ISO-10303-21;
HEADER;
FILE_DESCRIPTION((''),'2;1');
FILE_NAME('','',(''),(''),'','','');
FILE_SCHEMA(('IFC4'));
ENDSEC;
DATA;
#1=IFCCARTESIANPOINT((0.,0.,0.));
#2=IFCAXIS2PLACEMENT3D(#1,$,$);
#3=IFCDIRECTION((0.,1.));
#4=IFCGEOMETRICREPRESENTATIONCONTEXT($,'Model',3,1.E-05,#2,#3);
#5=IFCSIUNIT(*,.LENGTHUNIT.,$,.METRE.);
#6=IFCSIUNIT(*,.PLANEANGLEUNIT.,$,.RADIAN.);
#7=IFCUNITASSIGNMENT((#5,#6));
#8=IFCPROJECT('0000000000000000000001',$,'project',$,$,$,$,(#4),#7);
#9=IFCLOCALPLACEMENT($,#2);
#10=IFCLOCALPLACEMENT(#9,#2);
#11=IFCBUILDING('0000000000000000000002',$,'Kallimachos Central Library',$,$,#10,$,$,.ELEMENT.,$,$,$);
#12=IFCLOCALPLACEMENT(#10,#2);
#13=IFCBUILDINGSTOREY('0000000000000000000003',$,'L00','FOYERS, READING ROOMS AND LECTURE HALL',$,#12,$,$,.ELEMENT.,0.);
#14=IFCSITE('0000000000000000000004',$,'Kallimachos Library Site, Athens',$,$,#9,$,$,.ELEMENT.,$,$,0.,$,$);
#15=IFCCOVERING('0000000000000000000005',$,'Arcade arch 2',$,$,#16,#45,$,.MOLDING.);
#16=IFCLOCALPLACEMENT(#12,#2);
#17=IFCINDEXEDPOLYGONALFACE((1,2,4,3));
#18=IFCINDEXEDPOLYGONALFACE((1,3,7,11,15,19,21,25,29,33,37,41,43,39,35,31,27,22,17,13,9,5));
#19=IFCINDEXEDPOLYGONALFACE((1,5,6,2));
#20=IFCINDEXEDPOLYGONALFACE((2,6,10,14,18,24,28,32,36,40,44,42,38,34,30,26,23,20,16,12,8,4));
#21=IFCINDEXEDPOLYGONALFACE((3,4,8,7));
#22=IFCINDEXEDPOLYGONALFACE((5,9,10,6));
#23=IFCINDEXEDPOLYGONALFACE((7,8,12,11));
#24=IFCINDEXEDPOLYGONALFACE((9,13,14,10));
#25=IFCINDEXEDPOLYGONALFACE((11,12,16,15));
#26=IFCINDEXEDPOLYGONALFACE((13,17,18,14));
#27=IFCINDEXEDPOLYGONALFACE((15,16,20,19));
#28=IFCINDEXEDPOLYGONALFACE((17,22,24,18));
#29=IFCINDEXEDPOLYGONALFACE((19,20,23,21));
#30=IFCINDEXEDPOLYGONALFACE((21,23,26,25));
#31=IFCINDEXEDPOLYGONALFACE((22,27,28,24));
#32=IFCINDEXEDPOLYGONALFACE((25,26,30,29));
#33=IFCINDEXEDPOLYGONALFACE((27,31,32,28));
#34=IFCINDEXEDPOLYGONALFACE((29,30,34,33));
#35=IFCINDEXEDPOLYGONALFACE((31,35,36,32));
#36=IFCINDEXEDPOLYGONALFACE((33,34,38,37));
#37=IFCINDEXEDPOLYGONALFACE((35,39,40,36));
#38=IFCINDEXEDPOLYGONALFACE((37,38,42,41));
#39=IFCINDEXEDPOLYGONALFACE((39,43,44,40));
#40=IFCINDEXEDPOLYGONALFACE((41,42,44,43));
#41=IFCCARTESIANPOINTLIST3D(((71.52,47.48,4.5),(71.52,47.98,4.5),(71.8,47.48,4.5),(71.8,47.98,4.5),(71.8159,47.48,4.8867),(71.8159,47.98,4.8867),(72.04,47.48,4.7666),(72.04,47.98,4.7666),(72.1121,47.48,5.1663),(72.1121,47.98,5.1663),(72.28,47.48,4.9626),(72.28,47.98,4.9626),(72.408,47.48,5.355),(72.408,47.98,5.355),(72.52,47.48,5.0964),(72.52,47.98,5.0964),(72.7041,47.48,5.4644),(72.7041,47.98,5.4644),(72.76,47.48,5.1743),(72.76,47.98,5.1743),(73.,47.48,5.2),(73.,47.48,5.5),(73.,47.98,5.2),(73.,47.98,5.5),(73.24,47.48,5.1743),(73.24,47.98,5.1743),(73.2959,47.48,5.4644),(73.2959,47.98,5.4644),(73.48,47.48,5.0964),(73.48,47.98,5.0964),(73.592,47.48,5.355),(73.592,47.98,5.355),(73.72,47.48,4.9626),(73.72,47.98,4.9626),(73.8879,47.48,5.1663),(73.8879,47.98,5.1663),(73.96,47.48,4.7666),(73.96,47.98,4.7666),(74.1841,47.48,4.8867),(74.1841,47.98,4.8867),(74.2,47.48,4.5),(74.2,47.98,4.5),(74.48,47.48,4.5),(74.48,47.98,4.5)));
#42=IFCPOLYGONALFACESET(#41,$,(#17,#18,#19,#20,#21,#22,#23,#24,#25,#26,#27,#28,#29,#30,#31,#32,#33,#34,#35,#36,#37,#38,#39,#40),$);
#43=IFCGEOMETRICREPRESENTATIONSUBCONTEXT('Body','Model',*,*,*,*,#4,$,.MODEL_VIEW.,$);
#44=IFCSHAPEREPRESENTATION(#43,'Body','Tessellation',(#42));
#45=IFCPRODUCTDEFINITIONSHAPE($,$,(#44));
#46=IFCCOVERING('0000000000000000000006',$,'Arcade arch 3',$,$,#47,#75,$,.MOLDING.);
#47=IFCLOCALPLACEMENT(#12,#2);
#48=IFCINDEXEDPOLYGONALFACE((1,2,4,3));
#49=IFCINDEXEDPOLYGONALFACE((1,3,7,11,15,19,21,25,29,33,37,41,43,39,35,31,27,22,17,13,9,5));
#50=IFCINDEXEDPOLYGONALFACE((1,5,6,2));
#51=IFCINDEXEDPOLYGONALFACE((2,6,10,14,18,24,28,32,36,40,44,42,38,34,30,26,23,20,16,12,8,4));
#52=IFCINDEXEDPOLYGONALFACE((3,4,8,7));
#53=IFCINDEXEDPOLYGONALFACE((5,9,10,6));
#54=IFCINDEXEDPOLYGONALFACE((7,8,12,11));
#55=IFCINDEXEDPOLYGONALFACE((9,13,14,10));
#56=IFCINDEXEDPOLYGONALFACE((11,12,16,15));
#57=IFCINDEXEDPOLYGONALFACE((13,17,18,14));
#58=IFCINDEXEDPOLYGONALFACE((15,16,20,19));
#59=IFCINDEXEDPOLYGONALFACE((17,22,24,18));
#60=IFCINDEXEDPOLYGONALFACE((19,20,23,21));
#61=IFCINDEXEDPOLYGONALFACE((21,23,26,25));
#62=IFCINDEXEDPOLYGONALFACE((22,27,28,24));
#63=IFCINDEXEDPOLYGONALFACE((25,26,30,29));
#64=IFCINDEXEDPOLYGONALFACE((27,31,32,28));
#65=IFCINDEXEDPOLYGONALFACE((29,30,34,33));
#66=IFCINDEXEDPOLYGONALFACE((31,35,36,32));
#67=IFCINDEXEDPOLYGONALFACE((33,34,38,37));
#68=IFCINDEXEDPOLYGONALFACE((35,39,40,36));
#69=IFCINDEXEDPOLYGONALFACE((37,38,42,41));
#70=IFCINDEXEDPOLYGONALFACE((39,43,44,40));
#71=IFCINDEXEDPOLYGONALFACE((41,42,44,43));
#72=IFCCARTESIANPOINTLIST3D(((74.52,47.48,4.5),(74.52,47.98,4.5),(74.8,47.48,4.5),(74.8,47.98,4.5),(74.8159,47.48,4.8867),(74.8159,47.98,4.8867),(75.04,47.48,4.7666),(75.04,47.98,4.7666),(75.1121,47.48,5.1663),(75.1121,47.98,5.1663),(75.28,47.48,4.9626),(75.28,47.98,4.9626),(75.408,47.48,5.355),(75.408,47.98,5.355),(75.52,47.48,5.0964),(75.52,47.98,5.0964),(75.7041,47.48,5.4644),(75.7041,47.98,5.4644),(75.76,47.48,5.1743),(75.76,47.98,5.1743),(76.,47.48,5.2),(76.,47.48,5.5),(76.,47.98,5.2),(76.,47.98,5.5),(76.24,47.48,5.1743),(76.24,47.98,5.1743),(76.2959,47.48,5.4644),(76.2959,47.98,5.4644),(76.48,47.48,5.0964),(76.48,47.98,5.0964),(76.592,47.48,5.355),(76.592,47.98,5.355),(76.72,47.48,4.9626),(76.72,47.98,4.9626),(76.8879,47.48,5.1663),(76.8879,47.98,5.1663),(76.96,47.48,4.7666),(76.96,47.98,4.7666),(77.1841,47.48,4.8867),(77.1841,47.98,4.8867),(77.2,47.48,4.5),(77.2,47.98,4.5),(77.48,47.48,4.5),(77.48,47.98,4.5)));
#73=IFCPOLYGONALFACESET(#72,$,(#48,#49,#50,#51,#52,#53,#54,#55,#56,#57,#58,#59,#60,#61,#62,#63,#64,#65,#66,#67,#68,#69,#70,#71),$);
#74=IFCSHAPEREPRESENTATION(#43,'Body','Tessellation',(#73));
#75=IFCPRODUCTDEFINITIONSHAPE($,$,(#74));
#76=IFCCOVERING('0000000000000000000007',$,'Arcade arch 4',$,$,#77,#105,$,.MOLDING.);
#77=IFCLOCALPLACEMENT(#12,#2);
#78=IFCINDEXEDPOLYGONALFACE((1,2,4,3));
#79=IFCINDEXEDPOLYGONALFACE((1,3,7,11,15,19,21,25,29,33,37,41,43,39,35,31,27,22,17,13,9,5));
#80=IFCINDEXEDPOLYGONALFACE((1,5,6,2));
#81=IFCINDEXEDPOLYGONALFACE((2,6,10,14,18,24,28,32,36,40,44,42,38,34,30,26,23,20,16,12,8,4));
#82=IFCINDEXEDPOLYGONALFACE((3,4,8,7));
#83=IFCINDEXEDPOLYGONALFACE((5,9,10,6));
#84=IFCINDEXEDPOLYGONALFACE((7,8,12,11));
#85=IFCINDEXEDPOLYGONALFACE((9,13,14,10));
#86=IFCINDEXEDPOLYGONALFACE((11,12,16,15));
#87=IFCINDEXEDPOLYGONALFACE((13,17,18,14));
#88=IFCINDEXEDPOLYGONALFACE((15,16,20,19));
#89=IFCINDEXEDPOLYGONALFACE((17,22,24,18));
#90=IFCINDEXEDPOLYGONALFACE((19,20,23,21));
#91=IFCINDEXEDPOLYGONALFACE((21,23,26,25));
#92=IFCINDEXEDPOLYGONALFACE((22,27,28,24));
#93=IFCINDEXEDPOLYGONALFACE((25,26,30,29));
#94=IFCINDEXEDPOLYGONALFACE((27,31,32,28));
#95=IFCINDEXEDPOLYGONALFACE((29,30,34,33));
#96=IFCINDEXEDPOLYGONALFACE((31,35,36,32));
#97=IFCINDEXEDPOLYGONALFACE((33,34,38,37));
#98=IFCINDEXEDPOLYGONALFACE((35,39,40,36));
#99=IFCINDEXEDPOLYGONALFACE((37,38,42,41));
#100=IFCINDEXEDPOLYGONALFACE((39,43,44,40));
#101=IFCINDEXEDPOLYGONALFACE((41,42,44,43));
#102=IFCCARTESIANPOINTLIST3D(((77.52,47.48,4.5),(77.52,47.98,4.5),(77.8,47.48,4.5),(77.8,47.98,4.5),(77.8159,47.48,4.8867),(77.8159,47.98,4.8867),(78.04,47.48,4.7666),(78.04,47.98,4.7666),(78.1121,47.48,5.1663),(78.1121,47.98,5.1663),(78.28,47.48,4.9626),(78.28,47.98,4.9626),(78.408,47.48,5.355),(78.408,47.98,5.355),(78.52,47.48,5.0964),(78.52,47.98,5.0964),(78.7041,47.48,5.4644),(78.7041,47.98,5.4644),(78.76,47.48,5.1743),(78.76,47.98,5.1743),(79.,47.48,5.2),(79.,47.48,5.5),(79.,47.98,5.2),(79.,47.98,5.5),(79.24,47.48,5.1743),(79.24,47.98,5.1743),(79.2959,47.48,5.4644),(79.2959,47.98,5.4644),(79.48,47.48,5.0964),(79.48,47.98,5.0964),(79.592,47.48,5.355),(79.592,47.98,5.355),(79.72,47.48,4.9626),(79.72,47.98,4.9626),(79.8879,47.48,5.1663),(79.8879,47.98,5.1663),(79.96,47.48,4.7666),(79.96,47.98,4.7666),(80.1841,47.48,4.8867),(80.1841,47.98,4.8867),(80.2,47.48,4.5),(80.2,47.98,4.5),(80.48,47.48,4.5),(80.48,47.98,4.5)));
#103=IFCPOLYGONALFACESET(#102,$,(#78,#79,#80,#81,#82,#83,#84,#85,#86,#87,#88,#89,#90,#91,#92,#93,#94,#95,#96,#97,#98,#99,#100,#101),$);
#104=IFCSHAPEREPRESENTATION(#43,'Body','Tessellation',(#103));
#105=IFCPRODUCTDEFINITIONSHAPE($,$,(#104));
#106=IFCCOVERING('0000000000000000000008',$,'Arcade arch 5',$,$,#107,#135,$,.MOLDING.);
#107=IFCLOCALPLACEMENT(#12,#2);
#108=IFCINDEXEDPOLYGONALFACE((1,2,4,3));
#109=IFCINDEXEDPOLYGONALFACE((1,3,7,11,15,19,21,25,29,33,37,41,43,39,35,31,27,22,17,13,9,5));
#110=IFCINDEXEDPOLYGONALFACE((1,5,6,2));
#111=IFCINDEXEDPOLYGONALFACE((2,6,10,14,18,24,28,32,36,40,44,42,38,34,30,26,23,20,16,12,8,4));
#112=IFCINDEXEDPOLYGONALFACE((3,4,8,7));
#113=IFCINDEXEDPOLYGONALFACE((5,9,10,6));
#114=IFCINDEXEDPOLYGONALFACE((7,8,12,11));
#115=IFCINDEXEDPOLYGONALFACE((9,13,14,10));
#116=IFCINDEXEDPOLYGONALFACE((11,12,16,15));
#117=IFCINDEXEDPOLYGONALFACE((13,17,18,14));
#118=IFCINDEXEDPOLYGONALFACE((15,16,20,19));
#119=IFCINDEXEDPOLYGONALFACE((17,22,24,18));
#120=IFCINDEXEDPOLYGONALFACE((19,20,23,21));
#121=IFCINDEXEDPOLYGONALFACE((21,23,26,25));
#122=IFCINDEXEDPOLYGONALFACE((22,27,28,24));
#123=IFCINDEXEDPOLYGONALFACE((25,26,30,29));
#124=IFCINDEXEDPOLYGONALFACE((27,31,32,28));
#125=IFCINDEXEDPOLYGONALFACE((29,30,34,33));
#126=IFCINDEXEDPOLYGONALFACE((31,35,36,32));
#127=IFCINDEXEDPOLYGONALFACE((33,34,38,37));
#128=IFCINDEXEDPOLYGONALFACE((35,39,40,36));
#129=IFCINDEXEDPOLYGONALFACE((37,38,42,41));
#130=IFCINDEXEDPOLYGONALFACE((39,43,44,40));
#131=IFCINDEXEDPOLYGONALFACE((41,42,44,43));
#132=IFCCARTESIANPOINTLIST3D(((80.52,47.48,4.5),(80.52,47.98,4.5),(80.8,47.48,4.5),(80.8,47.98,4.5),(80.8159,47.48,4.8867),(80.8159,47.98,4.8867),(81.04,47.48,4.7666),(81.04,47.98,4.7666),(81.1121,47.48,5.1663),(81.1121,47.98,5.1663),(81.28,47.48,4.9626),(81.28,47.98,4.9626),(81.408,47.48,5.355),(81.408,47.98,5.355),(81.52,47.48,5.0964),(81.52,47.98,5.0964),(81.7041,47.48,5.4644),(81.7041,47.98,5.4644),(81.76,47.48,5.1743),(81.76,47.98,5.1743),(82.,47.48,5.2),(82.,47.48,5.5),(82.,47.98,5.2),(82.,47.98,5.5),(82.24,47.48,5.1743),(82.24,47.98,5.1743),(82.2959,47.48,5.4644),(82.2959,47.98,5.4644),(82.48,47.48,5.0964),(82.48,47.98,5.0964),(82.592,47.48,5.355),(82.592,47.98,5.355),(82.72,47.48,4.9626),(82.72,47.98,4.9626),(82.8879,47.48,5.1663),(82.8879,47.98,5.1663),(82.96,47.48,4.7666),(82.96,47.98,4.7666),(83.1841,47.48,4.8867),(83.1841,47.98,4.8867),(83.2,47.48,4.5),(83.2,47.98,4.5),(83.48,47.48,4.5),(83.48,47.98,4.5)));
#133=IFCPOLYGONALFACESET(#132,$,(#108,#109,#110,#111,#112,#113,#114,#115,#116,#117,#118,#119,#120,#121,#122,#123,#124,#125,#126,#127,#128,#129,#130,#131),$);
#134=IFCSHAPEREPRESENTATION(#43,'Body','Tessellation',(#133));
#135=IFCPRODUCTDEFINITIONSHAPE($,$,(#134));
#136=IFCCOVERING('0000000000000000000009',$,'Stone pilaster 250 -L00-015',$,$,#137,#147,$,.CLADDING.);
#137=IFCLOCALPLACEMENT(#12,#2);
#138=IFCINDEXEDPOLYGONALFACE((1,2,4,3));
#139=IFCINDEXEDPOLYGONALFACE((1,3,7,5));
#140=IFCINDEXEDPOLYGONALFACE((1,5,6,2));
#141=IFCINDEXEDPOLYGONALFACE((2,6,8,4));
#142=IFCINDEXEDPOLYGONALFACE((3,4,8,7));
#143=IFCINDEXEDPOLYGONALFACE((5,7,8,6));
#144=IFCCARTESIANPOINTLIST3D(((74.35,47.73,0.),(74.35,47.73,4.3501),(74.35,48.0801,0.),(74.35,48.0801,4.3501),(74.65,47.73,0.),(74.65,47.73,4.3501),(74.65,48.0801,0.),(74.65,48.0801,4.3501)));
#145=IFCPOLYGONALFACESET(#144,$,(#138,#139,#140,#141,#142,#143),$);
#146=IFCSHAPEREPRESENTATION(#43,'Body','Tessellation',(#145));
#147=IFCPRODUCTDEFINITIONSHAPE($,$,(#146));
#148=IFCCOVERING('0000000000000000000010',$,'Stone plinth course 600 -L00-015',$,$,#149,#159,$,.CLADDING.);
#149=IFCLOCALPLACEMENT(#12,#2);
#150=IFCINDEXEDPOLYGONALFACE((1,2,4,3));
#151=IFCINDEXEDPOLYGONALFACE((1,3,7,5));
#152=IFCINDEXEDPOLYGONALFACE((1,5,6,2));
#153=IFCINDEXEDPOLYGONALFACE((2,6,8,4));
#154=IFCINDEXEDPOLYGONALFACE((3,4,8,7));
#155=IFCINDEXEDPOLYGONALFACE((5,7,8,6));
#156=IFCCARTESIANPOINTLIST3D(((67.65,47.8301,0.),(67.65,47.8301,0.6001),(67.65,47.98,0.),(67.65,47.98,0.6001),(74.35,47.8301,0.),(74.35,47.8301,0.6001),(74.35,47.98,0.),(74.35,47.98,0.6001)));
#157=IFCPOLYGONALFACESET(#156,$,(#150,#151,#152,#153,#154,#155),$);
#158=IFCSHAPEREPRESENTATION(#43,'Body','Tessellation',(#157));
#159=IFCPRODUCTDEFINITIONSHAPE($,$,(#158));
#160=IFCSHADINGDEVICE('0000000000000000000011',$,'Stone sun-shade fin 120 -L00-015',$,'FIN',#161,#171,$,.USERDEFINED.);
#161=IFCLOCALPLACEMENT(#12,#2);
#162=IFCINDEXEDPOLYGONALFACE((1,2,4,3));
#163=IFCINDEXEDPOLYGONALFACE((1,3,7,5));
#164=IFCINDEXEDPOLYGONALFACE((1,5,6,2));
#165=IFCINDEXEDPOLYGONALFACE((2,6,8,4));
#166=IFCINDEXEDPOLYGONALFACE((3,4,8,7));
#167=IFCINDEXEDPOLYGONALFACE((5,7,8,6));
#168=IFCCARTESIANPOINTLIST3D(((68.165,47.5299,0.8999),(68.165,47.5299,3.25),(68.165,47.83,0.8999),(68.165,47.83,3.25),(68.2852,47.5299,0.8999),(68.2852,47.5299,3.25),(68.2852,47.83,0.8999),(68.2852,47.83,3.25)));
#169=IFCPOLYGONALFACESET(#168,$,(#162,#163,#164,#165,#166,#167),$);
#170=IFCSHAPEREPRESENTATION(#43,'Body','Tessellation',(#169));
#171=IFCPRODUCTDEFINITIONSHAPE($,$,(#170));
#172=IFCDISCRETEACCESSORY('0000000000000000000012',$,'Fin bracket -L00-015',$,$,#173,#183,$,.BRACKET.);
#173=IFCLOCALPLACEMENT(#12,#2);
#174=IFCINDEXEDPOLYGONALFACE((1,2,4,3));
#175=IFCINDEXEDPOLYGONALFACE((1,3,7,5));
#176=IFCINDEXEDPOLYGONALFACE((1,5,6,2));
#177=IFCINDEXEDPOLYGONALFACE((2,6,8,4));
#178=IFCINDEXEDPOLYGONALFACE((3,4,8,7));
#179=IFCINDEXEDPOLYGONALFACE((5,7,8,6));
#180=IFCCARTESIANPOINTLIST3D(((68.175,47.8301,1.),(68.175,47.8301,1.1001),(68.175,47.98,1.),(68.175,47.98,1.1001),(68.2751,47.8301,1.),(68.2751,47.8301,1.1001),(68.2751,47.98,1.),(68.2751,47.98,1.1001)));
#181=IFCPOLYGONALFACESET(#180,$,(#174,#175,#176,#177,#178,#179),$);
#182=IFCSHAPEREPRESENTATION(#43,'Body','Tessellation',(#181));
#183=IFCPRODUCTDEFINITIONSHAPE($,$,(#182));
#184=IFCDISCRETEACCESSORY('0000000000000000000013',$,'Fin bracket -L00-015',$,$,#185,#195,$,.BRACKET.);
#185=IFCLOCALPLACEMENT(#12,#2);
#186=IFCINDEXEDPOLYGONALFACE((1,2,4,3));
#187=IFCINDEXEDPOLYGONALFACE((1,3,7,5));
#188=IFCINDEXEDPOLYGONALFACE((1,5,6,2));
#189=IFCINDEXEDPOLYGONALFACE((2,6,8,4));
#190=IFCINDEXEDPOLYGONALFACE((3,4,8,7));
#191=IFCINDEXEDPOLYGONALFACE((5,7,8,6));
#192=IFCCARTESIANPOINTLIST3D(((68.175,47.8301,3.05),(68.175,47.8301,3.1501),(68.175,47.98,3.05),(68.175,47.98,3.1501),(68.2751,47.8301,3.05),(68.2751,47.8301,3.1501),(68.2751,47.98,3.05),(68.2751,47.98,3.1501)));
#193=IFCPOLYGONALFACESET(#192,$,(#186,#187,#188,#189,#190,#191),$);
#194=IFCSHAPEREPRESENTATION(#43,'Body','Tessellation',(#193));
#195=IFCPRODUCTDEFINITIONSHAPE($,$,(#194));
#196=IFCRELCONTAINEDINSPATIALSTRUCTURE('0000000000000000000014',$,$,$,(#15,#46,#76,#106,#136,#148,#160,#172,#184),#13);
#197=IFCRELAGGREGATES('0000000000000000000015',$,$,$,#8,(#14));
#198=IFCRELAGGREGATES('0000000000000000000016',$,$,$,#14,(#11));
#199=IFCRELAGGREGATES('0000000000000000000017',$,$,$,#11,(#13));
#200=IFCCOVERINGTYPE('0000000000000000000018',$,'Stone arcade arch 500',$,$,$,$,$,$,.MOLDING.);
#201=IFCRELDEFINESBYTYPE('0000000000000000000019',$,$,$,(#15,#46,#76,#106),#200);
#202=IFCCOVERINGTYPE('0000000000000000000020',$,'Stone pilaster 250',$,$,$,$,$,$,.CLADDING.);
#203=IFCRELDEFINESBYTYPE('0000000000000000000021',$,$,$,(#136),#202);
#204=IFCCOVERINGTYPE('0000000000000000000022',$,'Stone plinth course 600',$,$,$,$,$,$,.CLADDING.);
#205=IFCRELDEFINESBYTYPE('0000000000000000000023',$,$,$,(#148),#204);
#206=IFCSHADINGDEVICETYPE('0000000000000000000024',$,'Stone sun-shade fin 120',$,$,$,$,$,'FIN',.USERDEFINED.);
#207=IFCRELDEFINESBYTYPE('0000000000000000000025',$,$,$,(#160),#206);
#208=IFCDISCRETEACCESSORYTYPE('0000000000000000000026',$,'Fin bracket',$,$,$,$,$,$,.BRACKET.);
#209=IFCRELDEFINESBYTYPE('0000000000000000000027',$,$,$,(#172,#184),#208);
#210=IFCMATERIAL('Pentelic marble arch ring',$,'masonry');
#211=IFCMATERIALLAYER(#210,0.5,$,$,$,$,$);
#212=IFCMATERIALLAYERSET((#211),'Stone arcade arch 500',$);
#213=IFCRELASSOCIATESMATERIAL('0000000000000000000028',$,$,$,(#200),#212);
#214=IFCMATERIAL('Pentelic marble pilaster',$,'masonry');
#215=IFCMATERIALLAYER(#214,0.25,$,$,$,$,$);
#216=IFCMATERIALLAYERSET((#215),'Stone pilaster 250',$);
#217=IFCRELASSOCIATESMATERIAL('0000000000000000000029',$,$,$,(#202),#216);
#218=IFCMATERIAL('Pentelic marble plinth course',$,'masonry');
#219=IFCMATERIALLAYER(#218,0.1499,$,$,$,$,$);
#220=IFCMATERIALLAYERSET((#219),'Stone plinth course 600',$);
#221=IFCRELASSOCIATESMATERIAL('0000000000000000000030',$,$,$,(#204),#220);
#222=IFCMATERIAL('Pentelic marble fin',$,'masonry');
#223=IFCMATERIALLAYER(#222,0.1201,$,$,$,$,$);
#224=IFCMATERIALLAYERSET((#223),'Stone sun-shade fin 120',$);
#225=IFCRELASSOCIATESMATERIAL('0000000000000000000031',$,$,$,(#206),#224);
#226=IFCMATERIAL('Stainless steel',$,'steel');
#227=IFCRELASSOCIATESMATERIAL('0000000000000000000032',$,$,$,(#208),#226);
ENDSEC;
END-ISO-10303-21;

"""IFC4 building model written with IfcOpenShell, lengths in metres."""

from ifc_helpers import new_model, si_unit, direction, frame, origin, origin_2d, place, context, subcontext, project, spatial, polyline, rectangle, outline, extrude, material, layer, layer_set, type_object, element, save


model = new_model("IFC4")

# Units and contexts
model_context = context("Model", 3, precision=1e-05, world=origin(), true_north=direction((0.0, 1.0)))
body_context = subcontext(model_context, "Body", "Model", "MODEL_VIEW")
ifc_project = project(units=[si_unit("LENGTHUNIT", "METRE"), si_unit("PLANEANGLEUNIT", "RADIAN")], contexts=[model_context])

# Site, building, storey
site_placement = place(None, origin())
site = spatial("IfcSite", under=ifc_project, at=site_placement, Name="Kallimachos Library Site, Athens", CompositionType="ELEMENT", RefElevation=0.0)
building_placement = place(site_placement, origin())
building = spatial("IfcBuilding", under=site, at=building_placement, Name="Kallimachos Central Library", CompositionType="ELEMENT")
storey_placement = place(building_placement, origin())
storey = spatial("IfcBuildingStorey", under=building, at=storey_placement, Name="L00", Description="FOYERS, READING ROOMS AND LECTURE HALL", CompositionType="ELEMENT", Elevation=0.0)

# Coverings
ifc_material_1 = material(Name="Pentelic marble arch ring", Category="masonry")
ifc_layer_1 = layer(ifc_material_1, 0.5)
ifc_layer_set_1 = layer_set([ifc_layer_1], Name="Stone arcade arch 500")
covering_type_1 = type_object("IfcCoveringType", Name="Stone arcade arch 500", PredefinedType="MOLDING", material=ifc_layer_set_1)
for number, where, z_axis, x_axis, name in (
    (1, (71.52, 47.48, 4.5), (0.0, -1.0, 0.0), (1.0, 0.0, 0.0), "Arcade arch 2"),
    (2, (74.52, 47.48, 4.5), (0.0, -1.0, 0.0), (1.0, 0.0, 0.0), "Arcade arch 3"),
    (3, (77.52, 47.48, 4.5), (0.0, -1.0, 0.0), (1.0, 0.0, 0.0), "Arcade arch 4"),
    (4, (80.52, 47.48, 4.5), (0.0, -1.0, 0.0), (1.0, 0.0, 0.0), "Arcade arch 5"),
):
    element("IfcCovering", number, at=place(storey_placement, frame(where, z_axis=z_axis, x_axis=x_axis)), inside=storey, type_object=covering_type_1, Name=name, PredefinedType="MOLDING", context=body_context, shape_type="SweptSolid", body=[
        extrude(outline(polyline([(0.0, 0.0), (0.28, 0.0), (0.28, 0.0), (0.52, 0.2666), (0.76, 0.4626), (1.0, 0.5964), (1.24, 0.6743), (1.48, 0.7), (1.72, 0.6743), (1.96, 0.5964), (2.2, 0.4626), (2.4399, 0.2666), (2.6799, 0.0), (2.6799, 0.0), (2.96, 0.0), (2.96, 0.0), (2.6641, 0.3867), (2.3679, 0.6663), (2.072, 0.855), (1.7759, 0.9644), (1.48, 1.0), (1.1841, 0.9644), (0.8879, 0.855), (0.592, 0.6663), (0.2959, 0.3867), (0.0, 0.0), (0.0, 0.0)])), origin(), (0.0, 0.0, -1.0), 0.5),
    ])
ifc_material_2 = material(Name="Pentelic marble pilaster", Category="masonry")
ifc_layer_2 = layer(ifc_material_2, 0.25)
ifc_layer_set_2 = layer_set([ifc_layer_2], Name="Stone pilaster 250")
covering_type_2 = type_object("IfcCoveringType", Name="Stone pilaster 250", PredefinedType="CLADDING", material=ifc_layer_set_2)
covering_1_placement = place(storey_placement, frame((74.5, 47.905, 0.0), z_axis=(0.0, 0.0, 1.0), x_axis=(1.0, 0.0, 0.0)))
element("IfcCovering", 5, at=covering_1_placement, inside=storey, type_object=covering_type_2, Name="Stone pilaster 250 -L00-015", PredefinedType="CLADDING", context=body_context, shape_type="SweptSolid", body=[
    extrude(rectangle(XDim=0.3, YDim=0.3501, at=origin_2d()), origin(), (0.0, 0.0, 1.0), 4.3501),
])
ifc_material_3 = material(Name="Pentelic marble plinth course", Category="masonry")
ifc_layer_3 = layer(ifc_material_3, 0.1499)
ifc_layer_set_3 = layer_set([ifc_layer_3], Name="Stone plinth course 600")
covering_type_3 = type_object("IfcCoveringType", Name="Stone plinth course 600", PredefinedType="CLADDING", material=ifc_layer_set_3)
covering_2_placement = place(storey_placement, frame((71.0, 47.905, 0.0), z_axis=(0.0, 0.0, 1.0), x_axis=(1.0, 0.0, 0.0)))
element("IfcCovering", 6, at=covering_2_placement, inside=storey, type_object=covering_type_3, Name="Stone plinth course 600 -L00-015", PredefinedType="CLADDING", context=body_context, shape_type="SweptSolid", body=[
    extrude(rectangle(XDim=6.7, YDim=0.1499, at=origin_2d()), origin(), (0.0, 0.0, 1.0), 0.6001),
])

# Shading device
ifc_material_4 = material(Name="Pentelic marble fin", Category="masonry")
ifc_layer_4 = layer(ifc_material_4, 0.1201)
ifc_layer_set_4 = layer_set([ifc_layer_4], Name="Stone sun-shade fin 120")
shading_device_type = type_object("IfcShadingDeviceType", Name="Stone sun-shade fin 120", ElementType="FIN", PredefinedType="USERDEFINED", material=ifc_layer_set_4)
shading_device_placement = place(storey_placement, frame((68.2251, 47.6799, 0.8999), z_axis=(0.0, 0.0, 1.0), x_axis=(1.0, 0.0, 0.0)))
element("IfcShadingDevice", 7, at=shading_device_placement, inside=storey, type_object=shading_device_type, Name="Stone sun-shade fin 120 -L00-015", ObjectType="FIN", PredefinedType="USERDEFINED", context=body_context, shape_type="SweptSolid", body=[
    extrude(rectangle(XDim=0.1201, YDim=0.3, at=origin_2d()), origin(), (0.0, 0.0, 1.0), 2.3501),
])

# Discrete accessories
ifc_material_5 = material(Name="Stainless steel", Category="steel")
discrete_accessory_type = type_object("IfcDiscreteAccessoryType", Name="Fin bracket", PredefinedType="BRACKET", material=ifc_material_5)
for number, where, z_axis, x_axis, name in (
    (8, (68.2251, 47.905, 1.0), (0.0, 0.0, 1.0), (1.0, 0.0, 0.0), "Fin bracket -L00-015"),
    (9, (68.2251, 47.905, 3.05), (0.0, 0.0, 1.0), (1.0, 0.0, 0.0), "Fin bracket -L00-015"),
):
    element("IfcDiscreteAccessory", number, at=place(storey_placement, frame(where, z_axis=z_axis, x_axis=x_axis)), inside=storey, type_object=discrete_accessory_type, Name=name, PredefinedType="BRACKET", context=body_context, shape_type="SweptSolid", body=[
        extrude(rectangle(XDim=0.1001, YDim=0.1499, at=origin_2d()), origin(), (0.0, 0.0, 1.0), 0.1001),
    ])

save(model, "model.ifc")
